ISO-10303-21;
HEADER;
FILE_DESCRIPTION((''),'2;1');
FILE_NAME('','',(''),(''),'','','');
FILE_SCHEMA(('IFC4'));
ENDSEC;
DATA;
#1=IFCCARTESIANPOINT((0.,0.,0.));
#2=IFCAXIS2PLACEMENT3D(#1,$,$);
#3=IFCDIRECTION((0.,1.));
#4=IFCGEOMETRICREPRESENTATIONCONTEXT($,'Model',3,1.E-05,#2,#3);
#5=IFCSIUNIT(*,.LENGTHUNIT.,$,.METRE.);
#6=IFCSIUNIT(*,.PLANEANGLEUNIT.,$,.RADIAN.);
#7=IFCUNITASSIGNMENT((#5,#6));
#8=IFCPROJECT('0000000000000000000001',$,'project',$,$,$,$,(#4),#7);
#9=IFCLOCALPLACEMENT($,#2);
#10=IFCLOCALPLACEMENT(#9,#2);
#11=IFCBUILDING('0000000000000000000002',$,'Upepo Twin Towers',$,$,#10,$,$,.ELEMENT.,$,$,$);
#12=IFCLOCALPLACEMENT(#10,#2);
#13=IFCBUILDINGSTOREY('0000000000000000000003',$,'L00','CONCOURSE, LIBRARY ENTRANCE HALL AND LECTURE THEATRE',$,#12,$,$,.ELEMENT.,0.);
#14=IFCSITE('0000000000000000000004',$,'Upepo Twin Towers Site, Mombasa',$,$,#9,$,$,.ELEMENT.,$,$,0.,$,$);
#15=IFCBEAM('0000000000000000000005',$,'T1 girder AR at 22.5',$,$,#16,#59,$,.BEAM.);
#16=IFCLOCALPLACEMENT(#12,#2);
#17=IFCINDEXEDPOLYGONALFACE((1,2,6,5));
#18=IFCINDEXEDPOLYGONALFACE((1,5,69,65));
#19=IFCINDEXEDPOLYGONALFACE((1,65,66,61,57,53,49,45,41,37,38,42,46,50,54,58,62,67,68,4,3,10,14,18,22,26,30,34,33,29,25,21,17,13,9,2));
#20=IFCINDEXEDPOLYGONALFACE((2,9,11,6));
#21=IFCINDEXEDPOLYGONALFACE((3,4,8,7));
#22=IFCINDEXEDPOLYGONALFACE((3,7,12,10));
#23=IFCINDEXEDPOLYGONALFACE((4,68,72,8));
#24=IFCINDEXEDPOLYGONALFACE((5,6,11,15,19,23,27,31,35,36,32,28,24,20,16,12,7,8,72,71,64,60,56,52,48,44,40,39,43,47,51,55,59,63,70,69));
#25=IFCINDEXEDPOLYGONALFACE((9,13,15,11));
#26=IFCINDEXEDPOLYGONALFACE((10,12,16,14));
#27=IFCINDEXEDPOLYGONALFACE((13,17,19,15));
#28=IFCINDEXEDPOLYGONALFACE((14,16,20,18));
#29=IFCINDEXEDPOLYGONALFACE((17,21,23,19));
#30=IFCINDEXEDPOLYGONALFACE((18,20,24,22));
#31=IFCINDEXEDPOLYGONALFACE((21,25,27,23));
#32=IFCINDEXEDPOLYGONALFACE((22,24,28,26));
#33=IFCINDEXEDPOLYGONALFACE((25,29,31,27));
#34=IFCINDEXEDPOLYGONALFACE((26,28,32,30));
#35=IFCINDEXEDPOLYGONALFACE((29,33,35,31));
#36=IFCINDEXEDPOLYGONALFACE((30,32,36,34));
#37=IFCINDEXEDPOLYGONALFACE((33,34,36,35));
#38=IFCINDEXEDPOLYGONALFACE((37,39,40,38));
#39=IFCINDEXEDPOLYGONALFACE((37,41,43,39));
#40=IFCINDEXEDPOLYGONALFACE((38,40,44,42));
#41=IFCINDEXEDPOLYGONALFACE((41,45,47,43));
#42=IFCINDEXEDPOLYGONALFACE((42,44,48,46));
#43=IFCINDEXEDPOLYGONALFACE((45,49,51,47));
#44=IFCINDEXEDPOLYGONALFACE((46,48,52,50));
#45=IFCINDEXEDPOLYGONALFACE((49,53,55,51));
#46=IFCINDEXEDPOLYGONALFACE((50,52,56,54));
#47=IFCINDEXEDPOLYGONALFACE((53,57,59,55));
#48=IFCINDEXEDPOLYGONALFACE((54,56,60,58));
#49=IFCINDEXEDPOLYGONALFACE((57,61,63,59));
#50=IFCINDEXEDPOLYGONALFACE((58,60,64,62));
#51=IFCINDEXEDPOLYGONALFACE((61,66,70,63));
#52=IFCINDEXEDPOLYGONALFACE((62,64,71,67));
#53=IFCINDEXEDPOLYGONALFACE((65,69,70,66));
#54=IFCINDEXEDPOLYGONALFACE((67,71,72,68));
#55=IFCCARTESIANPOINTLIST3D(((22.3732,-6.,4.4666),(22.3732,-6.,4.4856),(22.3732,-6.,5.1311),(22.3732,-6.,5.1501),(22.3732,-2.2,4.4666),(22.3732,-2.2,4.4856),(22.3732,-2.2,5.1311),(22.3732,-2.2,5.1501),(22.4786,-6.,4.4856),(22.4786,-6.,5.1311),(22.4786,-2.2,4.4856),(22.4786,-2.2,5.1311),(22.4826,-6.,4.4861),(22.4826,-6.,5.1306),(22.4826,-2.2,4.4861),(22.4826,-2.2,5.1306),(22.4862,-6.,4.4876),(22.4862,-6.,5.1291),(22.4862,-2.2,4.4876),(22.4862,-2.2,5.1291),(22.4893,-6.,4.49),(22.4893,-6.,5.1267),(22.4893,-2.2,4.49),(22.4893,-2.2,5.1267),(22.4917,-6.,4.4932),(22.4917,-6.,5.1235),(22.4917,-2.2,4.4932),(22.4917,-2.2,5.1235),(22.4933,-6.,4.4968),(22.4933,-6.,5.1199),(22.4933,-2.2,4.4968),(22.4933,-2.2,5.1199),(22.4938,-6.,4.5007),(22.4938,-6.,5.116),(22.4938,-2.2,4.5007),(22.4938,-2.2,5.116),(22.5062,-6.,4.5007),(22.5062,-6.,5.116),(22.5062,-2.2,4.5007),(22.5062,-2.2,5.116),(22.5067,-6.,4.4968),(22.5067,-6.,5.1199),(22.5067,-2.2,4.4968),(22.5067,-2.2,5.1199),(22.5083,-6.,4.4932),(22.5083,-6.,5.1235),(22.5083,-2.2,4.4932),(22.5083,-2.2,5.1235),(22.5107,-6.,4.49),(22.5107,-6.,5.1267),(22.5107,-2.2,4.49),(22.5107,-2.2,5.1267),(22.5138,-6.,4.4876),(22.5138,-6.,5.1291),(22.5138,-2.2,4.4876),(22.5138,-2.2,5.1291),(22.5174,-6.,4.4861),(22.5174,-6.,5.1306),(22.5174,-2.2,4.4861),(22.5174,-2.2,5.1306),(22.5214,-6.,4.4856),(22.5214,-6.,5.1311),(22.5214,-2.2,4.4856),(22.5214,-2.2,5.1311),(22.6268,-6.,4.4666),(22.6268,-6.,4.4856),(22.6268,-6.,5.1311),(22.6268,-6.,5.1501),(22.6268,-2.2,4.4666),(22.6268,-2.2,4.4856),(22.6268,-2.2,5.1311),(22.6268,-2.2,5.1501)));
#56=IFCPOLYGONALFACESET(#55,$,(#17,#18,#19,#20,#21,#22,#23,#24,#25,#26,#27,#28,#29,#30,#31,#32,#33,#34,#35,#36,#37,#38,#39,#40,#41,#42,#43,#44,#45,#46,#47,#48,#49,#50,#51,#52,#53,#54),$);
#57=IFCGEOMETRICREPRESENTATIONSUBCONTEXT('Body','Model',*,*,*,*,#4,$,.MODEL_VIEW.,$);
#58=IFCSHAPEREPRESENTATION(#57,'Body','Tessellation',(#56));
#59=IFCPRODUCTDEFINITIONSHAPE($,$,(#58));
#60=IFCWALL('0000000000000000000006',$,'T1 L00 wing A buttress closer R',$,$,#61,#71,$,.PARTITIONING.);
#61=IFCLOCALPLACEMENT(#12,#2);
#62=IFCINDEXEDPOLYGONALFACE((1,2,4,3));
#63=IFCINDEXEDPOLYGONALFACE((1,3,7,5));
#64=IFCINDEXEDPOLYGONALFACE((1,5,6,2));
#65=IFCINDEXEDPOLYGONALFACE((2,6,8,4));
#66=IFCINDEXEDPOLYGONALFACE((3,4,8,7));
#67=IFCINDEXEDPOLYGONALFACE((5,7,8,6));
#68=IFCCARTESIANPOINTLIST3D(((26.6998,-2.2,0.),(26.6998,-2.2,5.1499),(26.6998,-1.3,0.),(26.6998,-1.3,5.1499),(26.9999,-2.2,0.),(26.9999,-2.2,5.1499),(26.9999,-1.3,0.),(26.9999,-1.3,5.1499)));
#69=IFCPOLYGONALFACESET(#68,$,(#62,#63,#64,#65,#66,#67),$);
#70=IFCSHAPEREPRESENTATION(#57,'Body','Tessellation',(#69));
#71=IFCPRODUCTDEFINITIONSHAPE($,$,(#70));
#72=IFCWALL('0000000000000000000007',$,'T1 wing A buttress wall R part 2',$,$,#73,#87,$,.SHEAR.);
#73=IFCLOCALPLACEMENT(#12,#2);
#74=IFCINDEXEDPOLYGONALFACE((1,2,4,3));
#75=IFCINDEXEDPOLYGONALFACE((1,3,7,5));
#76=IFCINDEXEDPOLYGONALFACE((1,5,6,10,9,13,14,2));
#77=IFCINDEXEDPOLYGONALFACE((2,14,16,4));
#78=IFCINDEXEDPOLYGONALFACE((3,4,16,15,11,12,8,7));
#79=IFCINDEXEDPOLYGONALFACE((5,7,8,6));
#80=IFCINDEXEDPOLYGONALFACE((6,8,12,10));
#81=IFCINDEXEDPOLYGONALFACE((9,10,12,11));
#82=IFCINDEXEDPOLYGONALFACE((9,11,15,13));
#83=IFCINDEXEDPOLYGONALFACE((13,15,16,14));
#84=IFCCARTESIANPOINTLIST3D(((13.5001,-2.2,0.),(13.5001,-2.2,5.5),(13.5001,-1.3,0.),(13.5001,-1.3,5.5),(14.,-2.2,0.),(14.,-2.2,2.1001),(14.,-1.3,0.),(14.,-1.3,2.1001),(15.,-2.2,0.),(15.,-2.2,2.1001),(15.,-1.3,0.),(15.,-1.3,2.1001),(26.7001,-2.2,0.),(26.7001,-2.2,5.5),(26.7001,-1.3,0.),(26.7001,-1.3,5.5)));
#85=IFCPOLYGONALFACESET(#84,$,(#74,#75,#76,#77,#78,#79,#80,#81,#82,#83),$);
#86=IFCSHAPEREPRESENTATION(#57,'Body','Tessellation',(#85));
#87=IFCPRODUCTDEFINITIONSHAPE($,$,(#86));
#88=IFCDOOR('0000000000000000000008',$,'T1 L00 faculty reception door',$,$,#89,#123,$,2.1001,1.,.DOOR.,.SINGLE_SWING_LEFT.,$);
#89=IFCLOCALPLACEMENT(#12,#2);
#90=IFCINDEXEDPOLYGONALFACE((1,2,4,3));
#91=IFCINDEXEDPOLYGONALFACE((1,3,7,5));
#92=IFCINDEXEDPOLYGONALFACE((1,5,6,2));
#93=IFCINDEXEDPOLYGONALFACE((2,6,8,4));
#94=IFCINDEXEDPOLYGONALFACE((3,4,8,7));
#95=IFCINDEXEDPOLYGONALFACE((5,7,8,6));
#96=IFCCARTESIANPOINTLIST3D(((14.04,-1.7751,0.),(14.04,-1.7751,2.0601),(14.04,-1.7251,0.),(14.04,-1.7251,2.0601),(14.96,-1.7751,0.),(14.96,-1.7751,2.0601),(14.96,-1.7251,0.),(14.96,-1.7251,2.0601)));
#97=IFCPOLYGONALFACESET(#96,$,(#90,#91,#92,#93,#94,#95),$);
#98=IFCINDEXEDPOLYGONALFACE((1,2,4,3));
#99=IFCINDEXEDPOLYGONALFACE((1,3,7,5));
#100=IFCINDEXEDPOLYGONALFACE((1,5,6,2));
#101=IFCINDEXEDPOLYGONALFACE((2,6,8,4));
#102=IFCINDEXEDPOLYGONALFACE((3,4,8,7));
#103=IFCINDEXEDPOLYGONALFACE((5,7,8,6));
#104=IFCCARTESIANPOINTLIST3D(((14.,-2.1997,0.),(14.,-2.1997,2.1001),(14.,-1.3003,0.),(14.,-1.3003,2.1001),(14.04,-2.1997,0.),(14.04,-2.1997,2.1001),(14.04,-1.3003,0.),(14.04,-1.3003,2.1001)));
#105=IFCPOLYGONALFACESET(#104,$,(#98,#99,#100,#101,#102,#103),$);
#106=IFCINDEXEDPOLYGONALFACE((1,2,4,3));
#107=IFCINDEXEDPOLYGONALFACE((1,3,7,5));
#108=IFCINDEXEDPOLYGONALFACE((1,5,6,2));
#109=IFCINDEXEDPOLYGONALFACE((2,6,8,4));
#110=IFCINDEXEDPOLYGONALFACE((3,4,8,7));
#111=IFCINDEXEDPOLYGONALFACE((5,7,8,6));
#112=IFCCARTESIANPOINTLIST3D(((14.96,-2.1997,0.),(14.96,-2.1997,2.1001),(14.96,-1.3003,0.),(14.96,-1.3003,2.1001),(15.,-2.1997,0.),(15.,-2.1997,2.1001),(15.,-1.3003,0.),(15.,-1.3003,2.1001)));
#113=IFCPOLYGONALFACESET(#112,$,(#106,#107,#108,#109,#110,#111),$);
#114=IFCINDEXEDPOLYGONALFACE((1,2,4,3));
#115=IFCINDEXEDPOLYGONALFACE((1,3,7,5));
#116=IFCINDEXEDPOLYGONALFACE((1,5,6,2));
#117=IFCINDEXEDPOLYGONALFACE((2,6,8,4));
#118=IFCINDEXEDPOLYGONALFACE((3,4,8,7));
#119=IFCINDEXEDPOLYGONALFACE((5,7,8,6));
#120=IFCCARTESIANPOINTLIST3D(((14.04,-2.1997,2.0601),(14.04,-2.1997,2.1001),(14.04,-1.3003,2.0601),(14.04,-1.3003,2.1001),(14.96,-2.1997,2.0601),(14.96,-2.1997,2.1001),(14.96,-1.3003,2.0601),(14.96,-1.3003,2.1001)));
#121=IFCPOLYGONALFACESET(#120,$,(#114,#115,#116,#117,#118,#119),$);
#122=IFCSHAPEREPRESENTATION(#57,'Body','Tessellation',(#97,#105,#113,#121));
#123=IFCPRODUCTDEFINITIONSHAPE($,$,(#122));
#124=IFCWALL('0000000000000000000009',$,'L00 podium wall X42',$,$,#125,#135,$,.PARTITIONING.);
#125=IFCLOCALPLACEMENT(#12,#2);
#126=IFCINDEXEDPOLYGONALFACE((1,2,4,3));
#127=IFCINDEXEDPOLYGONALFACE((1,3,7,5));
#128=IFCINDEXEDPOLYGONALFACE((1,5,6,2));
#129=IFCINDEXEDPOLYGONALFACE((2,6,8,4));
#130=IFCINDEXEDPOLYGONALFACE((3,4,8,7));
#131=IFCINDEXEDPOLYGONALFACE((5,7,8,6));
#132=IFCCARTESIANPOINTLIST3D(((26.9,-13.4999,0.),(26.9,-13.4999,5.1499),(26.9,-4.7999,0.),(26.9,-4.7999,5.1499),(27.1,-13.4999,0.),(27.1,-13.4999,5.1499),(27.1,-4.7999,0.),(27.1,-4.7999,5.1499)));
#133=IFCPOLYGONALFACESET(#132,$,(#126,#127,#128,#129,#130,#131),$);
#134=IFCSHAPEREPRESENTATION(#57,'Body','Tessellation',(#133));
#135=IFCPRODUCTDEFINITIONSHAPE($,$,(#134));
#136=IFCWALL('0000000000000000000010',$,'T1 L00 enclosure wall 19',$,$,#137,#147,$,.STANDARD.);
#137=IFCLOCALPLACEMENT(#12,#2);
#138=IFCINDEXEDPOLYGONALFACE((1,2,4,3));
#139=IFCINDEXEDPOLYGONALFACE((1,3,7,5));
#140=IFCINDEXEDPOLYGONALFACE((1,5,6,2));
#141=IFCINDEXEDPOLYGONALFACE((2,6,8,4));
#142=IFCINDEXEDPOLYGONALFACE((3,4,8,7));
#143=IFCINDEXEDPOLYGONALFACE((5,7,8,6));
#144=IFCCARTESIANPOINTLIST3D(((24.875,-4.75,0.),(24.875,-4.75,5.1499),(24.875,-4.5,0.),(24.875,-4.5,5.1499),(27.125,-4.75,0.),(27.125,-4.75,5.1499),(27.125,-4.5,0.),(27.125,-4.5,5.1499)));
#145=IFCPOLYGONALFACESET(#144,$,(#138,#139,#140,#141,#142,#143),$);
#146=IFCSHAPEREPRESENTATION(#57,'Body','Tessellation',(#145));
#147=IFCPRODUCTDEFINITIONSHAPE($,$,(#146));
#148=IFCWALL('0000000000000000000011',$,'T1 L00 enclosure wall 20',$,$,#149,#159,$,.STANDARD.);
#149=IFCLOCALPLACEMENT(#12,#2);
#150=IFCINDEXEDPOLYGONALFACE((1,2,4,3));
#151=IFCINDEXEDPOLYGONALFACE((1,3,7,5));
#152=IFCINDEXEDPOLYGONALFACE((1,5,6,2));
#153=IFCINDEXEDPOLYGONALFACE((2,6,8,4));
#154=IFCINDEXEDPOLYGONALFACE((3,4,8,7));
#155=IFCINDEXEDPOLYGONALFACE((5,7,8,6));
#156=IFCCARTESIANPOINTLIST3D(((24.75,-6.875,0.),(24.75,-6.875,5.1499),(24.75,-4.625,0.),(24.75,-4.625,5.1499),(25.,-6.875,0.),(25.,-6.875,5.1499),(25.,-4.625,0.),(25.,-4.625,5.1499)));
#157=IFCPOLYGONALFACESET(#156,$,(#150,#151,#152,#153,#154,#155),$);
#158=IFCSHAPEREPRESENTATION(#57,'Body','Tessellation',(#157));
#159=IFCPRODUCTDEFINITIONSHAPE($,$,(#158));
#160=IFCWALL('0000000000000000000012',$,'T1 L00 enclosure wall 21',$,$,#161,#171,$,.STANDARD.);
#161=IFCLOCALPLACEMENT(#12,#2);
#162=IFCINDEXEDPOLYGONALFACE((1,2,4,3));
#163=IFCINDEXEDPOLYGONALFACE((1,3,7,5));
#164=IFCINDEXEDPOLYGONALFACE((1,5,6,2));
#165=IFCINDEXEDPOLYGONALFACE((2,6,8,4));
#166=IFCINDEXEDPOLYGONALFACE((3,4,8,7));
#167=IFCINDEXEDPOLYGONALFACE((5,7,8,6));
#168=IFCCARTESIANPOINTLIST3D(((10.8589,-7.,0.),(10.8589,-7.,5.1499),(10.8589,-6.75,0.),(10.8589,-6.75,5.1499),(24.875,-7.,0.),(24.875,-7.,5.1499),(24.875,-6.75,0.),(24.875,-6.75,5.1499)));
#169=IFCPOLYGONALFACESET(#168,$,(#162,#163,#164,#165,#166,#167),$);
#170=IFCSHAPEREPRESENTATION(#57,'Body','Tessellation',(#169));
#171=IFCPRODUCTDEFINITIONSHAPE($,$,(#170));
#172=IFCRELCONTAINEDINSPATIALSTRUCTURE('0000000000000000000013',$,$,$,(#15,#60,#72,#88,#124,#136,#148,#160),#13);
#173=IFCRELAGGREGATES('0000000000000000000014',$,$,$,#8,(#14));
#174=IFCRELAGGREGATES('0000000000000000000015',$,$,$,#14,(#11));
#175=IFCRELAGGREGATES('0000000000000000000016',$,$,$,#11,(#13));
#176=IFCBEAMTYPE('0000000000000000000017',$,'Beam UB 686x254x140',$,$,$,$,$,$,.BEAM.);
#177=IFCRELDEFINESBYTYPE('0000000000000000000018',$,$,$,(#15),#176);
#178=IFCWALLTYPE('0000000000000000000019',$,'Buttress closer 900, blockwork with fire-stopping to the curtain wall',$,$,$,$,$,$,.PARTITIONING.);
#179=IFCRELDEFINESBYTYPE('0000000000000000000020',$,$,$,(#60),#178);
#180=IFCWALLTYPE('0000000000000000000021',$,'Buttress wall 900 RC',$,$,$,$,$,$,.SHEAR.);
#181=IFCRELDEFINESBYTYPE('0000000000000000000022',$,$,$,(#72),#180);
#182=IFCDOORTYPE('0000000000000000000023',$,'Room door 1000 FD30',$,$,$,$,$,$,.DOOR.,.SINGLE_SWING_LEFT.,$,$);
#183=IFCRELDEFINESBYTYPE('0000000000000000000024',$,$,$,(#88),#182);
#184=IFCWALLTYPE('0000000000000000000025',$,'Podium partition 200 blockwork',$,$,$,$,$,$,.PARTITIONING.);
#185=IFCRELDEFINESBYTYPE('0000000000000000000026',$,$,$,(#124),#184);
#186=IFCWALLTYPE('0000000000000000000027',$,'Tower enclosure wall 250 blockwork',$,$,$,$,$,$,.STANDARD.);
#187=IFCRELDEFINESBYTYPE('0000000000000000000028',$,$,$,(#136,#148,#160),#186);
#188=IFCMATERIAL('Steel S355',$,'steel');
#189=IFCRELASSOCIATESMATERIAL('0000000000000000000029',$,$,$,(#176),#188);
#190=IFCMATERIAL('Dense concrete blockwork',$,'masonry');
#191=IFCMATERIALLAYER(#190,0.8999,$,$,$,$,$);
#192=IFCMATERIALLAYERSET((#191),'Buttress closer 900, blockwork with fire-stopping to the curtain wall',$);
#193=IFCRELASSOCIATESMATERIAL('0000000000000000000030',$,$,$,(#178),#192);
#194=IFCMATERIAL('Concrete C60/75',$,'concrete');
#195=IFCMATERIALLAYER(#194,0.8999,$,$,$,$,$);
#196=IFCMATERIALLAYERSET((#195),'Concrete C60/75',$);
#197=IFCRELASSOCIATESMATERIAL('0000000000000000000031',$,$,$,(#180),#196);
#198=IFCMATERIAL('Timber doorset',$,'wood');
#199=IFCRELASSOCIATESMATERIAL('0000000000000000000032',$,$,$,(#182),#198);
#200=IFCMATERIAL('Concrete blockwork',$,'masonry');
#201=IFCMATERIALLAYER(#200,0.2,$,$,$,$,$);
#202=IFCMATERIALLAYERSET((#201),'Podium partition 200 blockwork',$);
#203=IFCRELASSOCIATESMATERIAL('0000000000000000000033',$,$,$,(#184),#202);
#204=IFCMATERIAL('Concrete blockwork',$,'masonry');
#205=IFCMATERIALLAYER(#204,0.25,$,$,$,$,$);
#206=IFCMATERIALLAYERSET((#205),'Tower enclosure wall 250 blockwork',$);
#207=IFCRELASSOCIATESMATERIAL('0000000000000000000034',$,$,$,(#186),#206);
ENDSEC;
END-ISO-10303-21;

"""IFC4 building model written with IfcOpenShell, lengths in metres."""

from ifc_helpers import new_model, si_unit, direction, frame, frame_2d, origin, origin_2d, place, context, subcontext, project, spatial, rectangle, i_section, extrude, material, layer, layer_set, material_profile, profile_set, type_object, element, fill, save


model = new_model("IFC4")

# Units and contexts
model_context = context("Model", 3, precision=1e-05, world=origin(), true_north=direction((0.0, 1.0)))
body_context = subcontext(model_context, "Body", "Model", "MODEL_VIEW")
ifc_project = project(units=[si_unit("LENGTHUNIT", "METRE"), si_unit("PLANEANGLEUNIT", "RADIAN")], contexts=[model_context])

# Site, building, storey
site_placement = place(None, origin())
site = spatial("IfcSite", under=ifc_project, at=site_placement, Name="Upepo Twin Towers Site, Mombasa", CompositionType="ELEMENT", RefElevation=0.0)
building_placement = place(site_placement, origin())
building = spatial("IfcBuilding", under=site, at=building_placement, Name="Upepo Twin Towers", CompositionType="ELEMENT")
storey_placement = place(building_placement, origin())
storey = spatial("IfcBuildingStorey", under=building, at=storey_placement, Name="L00", Description="CONCOURSE, LIBRARY ENTRANCE HALL AND LECTURE THEATRE", CompositionType="ELEMENT", Elevation=0.0)

# Beam
ifc_material_1 = material(Name="Steel S355", Category="steel")
ifc_material_profile_1 = material_profile(ifc_material_1, i_section(OverallWidth=0.2537, OverallDepth=0.6836, WebThickness=0.0125, FlangeThickness=0.019, FilletRadius=0.0151, at=origin_2d()), Name="UB 686x254x140")
ifc_profile_set_1 = profile_set([ifc_material_profile_1], Name="Steel S355")
beam_type_1 = type_object("IfcBeamType", Name="Beam UB 686x254x140", PredefinedType="BEAM", material=ifc_profile_set_1)
for number, where, z_axis, x_axis, name in (
    (1, (22.5, -6.0, 4.8083), (0.0, 1.0, 0.0), (-1.0, 0.0, 0.0), "T1 girder AR at 22.5"),
):
    element("IfcBeam", number, at=place(storey_placement, frame(where, z_axis=z_axis, x_axis=x_axis)), inside=storey, type_object=beam_type_1, Name=name, PredefinedType="BEAM", context=body_context, shape_type="SweptSolid", body=[
        extrude(i_section(OverallWidth=0.2537, OverallDepth=0.6836, WebThickness=0.0125, FlangeThickness=0.019, FilletRadius=0.0151, at=origin_2d()), origin(), (0.0, 0.0, 1.0), 3.8),
    ])

# Wall
ifc_material_2 = material(Name="Dense concrete blockwork", Category="masonry")
ifc_layer_1 = layer(ifc_material_2, 0.8999)
ifc_layer_set_1 = layer_set([ifc_layer_1], Name="Buttress closer 900, blockwork with fire-stopping to the curtain wall")
wall_type_1 = type_object("IfcWallType", Name="Buttress closer 900, blockwork with fire-stopping to the curtain wall", PredefinedType="PARTITIONING", material=ifc_layer_set_1)
wall_1_placement = place(storey_placement, frame((26.7, -1.75, 0.0), z_axis=(0.0, 0.0, 1.0), x_axis=(1.0, 0.0, 0.0)))
element("IfcWall", 2, at=wall_1_placement, inside=storey, type_object=wall_type_1, Name="T1 L00 wing A buttress closer R", PredefinedType="PARTITIONING", context=body_context, shape_type="SweptSolid", body=[
    extrude(rectangle(XDim=0.3, YDim=0.8999, at=frame_2d((0.1499, 0.0))), origin(), (0.0, 0.0, 1.0), 5.1499),
])

# Wall, opening, door
ifc_material_3 = material(Name="Concrete C60/75", Category="concrete")
ifc_layer_2 = layer(ifc_material_3, 0.8999)
ifc_layer_set_2 = layer_set([ifc_layer_2], Name="Concrete C60/75")
wall_type_2 = type_object("IfcWallType", Name="Buttress wall 900 RC", PredefinedType="SHEAR", material=ifc_layer_set_2)
wall_2_placement = place(storey_placement, frame((13.5, -1.75, 0.0), z_axis=(0.0, 0.0, 1.0), x_axis=(1.0, 0.0, 0.0)))
wall_2 = element("IfcWall", 3, at=wall_2_placement, inside=storey, type_object=wall_type_2, Name="T1 wing A buttress wall R part 2", PredefinedType="SHEAR", context=body_context, shape_type="SweptSolid", body=[
    extrude(rectangle(XDim=13.2, YDim=0.8999, at=frame_2d((6.6001, 0.0))), origin(), (0.0, 0.0, 1.0), 5.5),
])
opening_placement = place(wall_2_placement, frame((0.5, 0.0, 0.0)))
opening = element("IfcOpeningElement", 4, at=opening_placement, cuts=wall_2, PredefinedType="OPENING", context=body_context, shape_type="SweptSolid", body=[
    extrude(rectangle(XDim=1.0, YDim=2.1001, at=frame_2d((0.5, 1.05))), frame((0.0, 0.46, 0.0), z_axis=(0.0, -1.0, 0.0), x_axis=(1.0, 0.0, 0.0)), (0.0, 0.0, 1.0), 0.9199),
])
ifc_material_4 = material(Name="Timber doorset", Category="wood")
door_type = type_object("IfcDoorType", Name="Room door 1000 FD30", OperationType="SINGLE_SWING_LEFT", PredefinedType="DOOR", material=ifc_material_4)
door_placement = place(opening_placement, origin())
door = element("IfcDoor", 5, at=door_placement, inside=storey, type_object=door_type, Name="T1 L00 faculty reception door", OperationType="SINGLE_SWING_LEFT", OverallHeight=2.1001, OverallWidth=1.0, PredefinedType="DOOR", context=body_context, shape_type="SweptSolid", body=[
    extrude(rectangle(XDim=0.92, YDim=2.0601, at=frame_2d((0.5, 1.03))), frame((0.0, 0.0249, 0.0), z_axis=(0.0, -1.0, 0.0), x_axis=(1.0, 0.0, 0.0)), (0.0, 0.0, 1.0), 0.05),
    extrude(rectangle(XDim=0.04, YDim=2.1001, at=frame_2d((0.02, 1.05))), frame((0.0, 0.4497, 0.0), z_axis=(0.0, -1.0, 0.0), x_axis=(1.0, 0.0, 0.0)), (0.0, 0.0, 1.0), 0.8994),
    extrude(rectangle(XDim=0.04, YDim=2.1001, at=frame_2d((0.98, 1.05))), frame((0.0, 0.4497, 0.0), z_axis=(0.0, -1.0, 0.0), x_axis=(1.0, 0.0, 0.0)), (0.0, 0.0, 1.0), 0.8994),
    extrude(rectangle(XDim=0.92, YDim=0.04, at=frame_2d((0.5, 2.0801))), frame((0.0, 0.4497, 0.0), z_axis=(0.0, -1.0, 0.0), x_axis=(1.0, 0.0, 0.0)), (0.0, 0.0, 1.0), 0.8994),
])
fill(opening, door)

# Walls
ifc_material_5 = material(Name="Concrete blockwork", Category="masonry")
ifc_layer_3 = layer(ifc_material_5, 0.2)
ifc_layer_set_3 = layer_set([ifc_layer_3], Name="Podium partition 200 blockwork")
wall_type_3 = type_object("IfcWallType", Name="Podium partition 200 blockwork", PredefinedType="PARTITIONING", material=ifc_layer_set_3)
wall_3_placement = place(storey_placement, frame((27.0, -13.5, 0.0), z_axis=(0.0, 0.0, 1.0), x_axis=(0.0, 1.0, 0.0)))
element("IfcWall", 6, at=wall_3_placement, inside=storey, type_object=wall_type_3, Name="L00 podium wall X42", PredefinedType="PARTITIONING", context=body_context, shape_type="SweptSolid", body=[
    extrude(rectangle(XDim=8.7, YDim=0.2, at=frame_2d((4.3501, 0.0))), origin(), (0.0, 0.0, 1.0), 5.1499),
])
ifc_material_6 = material(Name="Concrete blockwork", Category="masonry")
ifc_layer_4 = layer(ifc_material_6, 0.25)
ifc_layer_set_4 = layer_set([ifc_layer_4], Name="Tower enclosure wall 250 blockwork")
wall_type_4 = type_object("IfcWallType", Name="Tower enclosure wall 250 blockwork", PredefinedType="STANDARD", material=ifc_layer_set_4)
for number, where, z_axis, x_axis, name in (
    (7, (27.125, -4.625, 0.0), (0.0, 0.0, 1.0), (-1.0, 0.0, 0.0), "T1 L00 enclosure wall 19"),
    (8, (24.875, -4.625, 0.0), (0.0, 0.0, 1.0), (0.0, -1.0, 0.0), "T1 L00 enclosure wall 20"),
):
    element("IfcWall", number, at=place(storey_placement, frame(where, z_axis=z_axis, x_axis=x_axis)), inside=storey, type_object=wall_type_4, Name=name, PredefinedType="STANDARD", context=body_context, shape_type="SweptSolid", body=[
        extrude(rectangle(XDim=2.25, YDim=0.25, at=frame_2d((1.125, 0.0))), origin(), (0.0, 0.0, 1.0), 5.1499),
    ])
wall_4_placement = place(storey_placement, frame((24.875, -6.875, 0.0), z_axis=(0.0, 0.0, 1.0), x_axis=(-1.0, 0.0, 0.0)))
element("IfcWall", 9, at=wall_4_placement, inside=storey, type_object=wall_type_4, Name="T1 L00 enclosure wall 21", PredefinedType="STANDARD", context=body_context, shape_type="SweptSolid", body=[
    extrude(rectangle(XDim=14.0161, YDim=0.25, at=frame_2d((7.0081, 0.0))), origin(), (0.0, 0.0, 1.0), 5.1499),
])

save(model, "model.ifc")
